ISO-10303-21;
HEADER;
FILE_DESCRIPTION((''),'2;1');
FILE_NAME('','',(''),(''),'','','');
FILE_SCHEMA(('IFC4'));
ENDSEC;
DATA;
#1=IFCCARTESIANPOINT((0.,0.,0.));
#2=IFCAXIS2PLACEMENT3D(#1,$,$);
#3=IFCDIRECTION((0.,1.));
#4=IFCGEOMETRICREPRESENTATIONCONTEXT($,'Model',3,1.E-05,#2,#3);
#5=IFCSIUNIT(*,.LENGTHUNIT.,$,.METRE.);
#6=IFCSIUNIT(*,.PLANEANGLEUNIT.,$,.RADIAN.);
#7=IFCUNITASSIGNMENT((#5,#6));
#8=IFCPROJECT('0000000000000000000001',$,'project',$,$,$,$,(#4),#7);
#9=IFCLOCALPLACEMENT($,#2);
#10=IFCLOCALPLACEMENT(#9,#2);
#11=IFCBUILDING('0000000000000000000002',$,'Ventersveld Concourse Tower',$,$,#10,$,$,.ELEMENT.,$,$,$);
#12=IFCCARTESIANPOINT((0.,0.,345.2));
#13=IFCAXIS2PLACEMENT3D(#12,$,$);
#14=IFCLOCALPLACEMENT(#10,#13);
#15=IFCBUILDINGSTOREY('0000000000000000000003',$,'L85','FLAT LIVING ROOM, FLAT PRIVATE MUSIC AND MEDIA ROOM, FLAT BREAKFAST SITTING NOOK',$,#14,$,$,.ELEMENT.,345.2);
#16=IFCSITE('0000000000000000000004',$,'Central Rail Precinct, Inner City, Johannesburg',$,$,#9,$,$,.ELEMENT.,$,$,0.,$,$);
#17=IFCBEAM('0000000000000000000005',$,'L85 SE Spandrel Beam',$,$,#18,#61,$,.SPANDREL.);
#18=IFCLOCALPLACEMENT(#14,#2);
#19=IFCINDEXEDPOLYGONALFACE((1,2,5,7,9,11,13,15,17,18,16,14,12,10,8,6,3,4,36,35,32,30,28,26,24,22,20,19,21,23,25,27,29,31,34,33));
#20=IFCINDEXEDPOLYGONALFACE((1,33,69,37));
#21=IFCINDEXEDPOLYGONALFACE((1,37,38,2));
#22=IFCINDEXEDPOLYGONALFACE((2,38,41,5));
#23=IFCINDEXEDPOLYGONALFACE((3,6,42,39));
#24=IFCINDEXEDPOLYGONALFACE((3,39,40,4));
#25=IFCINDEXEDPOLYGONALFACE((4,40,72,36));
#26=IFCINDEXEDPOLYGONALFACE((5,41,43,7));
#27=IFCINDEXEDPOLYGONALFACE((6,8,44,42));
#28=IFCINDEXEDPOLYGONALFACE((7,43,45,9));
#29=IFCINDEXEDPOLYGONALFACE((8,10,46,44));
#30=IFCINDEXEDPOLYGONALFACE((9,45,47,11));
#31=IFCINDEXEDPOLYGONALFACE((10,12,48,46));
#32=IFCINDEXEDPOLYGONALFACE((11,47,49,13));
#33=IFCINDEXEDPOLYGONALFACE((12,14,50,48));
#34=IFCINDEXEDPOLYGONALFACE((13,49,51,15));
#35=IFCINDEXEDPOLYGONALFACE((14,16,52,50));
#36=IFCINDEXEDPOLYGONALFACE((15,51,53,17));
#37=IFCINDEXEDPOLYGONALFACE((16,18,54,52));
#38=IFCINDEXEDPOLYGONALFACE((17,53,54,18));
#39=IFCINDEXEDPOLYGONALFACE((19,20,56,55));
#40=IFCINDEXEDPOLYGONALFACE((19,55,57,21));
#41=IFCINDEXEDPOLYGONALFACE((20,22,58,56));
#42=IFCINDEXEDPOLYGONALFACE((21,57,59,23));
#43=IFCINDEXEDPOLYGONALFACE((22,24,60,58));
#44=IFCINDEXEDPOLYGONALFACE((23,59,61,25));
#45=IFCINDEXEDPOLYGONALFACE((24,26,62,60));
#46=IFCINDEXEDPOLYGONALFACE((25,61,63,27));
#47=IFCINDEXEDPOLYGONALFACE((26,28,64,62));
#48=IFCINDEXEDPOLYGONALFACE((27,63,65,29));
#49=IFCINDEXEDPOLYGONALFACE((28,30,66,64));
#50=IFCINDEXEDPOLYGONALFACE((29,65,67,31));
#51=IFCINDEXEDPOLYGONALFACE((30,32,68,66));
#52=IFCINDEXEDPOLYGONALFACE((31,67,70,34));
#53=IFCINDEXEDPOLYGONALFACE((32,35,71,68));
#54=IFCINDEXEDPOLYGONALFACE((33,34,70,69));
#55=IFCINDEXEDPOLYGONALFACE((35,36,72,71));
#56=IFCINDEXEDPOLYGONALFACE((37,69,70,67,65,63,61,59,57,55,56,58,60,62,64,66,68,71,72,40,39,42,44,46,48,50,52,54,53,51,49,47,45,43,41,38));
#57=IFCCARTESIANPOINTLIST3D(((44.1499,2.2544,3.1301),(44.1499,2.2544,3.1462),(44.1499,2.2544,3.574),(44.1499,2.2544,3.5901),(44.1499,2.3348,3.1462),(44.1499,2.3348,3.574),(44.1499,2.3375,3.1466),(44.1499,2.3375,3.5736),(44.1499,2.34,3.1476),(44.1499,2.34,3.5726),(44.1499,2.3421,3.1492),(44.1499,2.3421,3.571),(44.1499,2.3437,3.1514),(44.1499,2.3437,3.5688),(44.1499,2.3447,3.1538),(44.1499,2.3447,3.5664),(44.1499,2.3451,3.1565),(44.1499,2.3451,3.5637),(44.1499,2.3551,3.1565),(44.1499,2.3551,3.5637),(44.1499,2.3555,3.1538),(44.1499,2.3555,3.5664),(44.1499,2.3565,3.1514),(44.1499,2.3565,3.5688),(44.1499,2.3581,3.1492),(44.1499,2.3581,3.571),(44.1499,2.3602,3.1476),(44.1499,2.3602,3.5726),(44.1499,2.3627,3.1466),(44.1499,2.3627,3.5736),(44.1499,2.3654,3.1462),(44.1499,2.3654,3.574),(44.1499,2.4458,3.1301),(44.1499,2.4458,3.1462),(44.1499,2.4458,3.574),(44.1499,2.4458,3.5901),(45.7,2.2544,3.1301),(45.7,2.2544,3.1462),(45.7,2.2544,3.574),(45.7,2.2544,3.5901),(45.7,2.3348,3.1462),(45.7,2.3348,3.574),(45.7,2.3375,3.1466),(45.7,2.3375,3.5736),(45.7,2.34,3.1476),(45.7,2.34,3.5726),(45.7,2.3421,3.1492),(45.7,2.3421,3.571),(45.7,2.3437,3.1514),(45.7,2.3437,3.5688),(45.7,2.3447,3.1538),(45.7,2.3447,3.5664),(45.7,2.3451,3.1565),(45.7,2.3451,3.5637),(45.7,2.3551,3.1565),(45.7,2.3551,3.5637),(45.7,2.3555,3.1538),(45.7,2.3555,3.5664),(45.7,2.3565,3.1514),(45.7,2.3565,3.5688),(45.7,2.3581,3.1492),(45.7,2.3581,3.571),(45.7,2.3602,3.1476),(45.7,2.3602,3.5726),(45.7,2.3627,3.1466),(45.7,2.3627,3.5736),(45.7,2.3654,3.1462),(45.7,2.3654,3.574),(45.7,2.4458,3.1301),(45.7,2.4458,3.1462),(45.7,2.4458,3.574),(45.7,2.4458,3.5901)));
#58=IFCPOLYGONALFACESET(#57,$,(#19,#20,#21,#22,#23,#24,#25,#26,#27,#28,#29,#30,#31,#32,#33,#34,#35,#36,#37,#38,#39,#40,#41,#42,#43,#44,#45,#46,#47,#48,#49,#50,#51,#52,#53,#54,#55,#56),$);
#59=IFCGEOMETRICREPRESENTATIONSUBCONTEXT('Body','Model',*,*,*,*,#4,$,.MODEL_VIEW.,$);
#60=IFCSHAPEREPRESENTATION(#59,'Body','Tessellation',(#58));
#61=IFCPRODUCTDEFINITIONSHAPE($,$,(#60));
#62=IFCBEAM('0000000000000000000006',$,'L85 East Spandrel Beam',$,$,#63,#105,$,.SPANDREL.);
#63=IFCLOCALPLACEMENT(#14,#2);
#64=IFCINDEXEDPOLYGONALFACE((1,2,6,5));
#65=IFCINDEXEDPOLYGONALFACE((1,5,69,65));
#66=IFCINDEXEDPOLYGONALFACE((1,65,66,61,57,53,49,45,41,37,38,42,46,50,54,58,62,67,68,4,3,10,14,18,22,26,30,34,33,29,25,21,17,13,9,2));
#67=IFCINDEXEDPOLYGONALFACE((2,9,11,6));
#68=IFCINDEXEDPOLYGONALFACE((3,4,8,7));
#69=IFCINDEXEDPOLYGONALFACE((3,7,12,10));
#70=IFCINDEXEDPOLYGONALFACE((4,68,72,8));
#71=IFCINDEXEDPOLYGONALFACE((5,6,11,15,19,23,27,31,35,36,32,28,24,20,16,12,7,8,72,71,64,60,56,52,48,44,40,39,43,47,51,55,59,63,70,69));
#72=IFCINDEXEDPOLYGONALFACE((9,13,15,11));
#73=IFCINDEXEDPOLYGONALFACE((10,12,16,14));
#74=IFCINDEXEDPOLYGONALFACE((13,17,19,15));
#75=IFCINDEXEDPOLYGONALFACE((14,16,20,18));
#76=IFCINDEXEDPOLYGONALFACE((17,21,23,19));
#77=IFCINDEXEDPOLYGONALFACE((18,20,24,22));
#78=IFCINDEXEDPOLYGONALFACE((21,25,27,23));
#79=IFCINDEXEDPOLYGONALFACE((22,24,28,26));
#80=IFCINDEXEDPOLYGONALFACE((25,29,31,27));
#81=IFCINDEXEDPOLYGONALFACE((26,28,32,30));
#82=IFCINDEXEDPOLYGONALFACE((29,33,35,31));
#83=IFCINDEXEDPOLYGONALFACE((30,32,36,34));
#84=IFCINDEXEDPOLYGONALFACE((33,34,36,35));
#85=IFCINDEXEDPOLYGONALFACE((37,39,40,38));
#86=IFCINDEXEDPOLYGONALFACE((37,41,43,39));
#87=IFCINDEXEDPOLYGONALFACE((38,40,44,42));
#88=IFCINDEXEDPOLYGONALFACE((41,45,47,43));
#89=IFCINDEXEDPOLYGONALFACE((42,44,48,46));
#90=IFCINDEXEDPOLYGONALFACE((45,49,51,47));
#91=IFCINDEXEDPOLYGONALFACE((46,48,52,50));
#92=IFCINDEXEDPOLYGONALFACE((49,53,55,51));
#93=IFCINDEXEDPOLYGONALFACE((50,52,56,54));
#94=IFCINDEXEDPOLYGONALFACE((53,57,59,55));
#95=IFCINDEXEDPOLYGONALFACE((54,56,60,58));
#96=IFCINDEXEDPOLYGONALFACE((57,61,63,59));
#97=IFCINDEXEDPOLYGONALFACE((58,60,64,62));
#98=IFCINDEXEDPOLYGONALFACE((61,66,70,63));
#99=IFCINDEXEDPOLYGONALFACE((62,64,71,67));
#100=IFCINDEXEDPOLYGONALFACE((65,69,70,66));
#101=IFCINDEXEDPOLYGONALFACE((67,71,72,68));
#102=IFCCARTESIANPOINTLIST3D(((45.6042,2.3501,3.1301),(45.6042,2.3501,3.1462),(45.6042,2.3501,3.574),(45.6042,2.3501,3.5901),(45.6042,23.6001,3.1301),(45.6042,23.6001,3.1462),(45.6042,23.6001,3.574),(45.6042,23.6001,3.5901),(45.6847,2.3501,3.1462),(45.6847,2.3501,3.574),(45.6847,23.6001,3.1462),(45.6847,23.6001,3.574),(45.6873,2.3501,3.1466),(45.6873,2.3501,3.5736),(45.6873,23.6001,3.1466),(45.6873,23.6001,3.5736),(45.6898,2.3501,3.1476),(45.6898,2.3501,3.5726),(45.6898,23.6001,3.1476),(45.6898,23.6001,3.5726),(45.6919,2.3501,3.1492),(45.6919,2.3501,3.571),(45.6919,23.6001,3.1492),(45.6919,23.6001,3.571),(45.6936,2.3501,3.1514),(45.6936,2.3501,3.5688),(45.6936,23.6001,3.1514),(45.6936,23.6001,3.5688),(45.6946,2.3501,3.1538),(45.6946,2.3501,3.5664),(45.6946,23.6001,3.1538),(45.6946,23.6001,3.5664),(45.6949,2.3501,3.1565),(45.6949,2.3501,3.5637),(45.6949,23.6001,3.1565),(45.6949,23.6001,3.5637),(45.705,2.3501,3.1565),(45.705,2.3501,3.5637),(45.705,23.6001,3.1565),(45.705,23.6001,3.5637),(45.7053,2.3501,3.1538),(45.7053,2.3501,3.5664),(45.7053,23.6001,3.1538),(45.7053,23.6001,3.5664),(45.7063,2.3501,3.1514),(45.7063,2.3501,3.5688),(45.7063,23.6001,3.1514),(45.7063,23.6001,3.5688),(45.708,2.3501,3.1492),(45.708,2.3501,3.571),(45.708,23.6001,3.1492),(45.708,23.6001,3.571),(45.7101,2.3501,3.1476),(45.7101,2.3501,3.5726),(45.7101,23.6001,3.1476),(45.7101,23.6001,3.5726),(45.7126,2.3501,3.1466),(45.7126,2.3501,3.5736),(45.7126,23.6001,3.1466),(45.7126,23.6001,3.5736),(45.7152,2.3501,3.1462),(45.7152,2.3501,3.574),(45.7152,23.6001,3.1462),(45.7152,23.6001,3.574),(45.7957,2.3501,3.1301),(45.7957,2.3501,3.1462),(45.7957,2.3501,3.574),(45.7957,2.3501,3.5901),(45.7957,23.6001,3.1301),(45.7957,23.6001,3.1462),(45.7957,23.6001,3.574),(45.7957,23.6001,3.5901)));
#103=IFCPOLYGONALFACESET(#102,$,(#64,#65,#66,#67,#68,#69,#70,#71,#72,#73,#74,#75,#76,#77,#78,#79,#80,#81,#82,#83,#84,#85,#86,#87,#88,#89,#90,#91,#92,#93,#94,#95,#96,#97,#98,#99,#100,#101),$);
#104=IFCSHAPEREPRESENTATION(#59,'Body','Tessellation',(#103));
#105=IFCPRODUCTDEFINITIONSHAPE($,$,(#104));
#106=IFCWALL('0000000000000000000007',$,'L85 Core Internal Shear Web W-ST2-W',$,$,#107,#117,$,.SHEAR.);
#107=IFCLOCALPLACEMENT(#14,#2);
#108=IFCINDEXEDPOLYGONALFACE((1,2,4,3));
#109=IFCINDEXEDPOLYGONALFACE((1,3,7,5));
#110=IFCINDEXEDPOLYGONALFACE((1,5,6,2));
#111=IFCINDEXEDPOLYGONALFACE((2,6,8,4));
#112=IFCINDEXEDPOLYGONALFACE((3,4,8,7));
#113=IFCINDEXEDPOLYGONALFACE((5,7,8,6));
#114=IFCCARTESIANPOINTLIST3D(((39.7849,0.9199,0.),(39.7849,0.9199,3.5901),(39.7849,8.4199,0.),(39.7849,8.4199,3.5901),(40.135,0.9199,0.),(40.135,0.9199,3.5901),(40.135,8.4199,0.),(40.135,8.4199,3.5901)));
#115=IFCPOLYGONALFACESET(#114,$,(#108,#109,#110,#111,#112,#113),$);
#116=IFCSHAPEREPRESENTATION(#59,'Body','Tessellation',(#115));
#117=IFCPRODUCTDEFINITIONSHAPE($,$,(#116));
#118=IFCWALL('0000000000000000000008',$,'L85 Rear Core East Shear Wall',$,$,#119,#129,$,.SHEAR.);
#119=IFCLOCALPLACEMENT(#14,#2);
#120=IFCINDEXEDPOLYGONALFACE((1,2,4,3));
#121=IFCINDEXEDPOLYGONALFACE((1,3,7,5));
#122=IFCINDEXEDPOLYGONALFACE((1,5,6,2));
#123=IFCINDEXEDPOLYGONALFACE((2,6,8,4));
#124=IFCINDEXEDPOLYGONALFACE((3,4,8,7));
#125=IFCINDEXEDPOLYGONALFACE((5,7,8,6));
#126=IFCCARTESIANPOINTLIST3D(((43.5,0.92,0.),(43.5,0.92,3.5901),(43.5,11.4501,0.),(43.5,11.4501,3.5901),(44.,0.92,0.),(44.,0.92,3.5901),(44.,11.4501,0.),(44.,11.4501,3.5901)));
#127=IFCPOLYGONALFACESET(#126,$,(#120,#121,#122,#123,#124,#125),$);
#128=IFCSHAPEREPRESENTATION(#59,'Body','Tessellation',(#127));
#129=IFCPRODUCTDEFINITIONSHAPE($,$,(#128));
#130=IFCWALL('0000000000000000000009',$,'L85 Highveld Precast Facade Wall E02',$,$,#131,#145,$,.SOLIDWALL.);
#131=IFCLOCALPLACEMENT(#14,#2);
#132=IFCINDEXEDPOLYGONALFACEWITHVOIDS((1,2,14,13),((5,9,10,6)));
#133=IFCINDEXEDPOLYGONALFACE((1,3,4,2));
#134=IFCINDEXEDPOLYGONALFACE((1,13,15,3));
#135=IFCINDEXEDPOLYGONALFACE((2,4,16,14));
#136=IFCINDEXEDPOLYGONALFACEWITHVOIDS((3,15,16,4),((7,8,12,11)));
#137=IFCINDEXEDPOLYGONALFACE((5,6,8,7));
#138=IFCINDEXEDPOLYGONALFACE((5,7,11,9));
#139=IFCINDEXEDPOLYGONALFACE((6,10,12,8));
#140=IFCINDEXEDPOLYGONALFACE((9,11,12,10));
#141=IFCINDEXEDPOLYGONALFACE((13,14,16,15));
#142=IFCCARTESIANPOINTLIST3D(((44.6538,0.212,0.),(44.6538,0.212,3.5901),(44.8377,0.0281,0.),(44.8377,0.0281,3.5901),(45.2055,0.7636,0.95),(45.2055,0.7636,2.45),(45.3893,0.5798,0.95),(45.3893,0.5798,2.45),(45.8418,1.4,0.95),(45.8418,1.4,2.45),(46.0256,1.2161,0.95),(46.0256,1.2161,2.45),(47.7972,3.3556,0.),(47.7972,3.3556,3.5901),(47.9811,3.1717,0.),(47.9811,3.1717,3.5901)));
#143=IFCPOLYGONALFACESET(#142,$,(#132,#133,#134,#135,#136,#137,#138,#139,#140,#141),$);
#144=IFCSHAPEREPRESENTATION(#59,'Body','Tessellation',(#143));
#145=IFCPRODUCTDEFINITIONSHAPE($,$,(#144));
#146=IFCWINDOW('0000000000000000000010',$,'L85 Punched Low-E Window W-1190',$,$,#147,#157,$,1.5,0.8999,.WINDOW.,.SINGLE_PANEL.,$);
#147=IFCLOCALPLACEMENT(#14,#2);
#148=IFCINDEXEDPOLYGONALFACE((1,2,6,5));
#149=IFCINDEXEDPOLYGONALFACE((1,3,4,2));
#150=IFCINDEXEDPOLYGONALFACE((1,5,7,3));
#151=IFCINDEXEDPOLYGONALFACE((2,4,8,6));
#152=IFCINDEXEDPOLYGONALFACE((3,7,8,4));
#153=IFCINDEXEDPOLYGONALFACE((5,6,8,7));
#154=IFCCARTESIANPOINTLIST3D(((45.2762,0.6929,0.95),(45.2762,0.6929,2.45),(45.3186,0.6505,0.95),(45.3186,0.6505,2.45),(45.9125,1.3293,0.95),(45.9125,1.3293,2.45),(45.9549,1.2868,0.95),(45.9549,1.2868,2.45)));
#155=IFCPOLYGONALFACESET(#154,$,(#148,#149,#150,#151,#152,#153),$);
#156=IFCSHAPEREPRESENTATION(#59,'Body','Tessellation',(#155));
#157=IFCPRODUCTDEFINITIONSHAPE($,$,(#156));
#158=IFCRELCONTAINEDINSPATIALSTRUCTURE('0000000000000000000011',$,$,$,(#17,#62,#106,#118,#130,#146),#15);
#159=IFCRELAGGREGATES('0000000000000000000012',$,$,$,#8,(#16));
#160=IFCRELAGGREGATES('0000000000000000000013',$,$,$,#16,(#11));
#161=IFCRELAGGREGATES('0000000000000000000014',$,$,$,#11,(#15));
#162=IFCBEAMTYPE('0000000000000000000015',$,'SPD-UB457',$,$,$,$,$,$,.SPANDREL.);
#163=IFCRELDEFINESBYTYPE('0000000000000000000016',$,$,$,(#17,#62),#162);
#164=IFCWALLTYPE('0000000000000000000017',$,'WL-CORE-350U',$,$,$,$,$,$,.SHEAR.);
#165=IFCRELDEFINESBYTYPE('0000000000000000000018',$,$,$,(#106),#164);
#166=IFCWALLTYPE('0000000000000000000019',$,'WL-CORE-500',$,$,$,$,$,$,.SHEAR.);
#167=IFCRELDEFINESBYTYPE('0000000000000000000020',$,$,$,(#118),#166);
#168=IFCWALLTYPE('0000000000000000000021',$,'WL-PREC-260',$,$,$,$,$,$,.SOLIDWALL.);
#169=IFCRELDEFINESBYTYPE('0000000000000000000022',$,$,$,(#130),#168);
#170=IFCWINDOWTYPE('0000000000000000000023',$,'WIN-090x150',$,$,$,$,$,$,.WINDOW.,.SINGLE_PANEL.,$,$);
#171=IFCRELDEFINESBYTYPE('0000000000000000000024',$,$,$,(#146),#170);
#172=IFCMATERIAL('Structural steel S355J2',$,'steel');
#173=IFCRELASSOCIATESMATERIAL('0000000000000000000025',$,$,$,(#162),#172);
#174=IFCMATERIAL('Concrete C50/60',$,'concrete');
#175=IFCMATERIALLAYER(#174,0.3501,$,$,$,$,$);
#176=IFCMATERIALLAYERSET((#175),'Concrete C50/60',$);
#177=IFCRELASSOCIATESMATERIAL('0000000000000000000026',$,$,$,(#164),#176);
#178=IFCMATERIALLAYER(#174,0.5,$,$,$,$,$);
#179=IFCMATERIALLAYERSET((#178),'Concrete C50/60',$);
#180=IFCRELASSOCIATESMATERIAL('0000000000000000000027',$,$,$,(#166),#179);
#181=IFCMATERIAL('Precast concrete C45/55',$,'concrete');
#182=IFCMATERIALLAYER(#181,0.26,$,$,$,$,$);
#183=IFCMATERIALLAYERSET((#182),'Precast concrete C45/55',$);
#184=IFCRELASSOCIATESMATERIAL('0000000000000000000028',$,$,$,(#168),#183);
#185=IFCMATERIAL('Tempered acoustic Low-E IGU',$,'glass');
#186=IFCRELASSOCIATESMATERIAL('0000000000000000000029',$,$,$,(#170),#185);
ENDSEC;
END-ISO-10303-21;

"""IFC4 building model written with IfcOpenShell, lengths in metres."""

from ifc_helpers import new_model, si_unit, direction, frame, frame_2d, origin, origin_2d, place, context, subcontext, project, spatial, rectangle, i_section, extrude, material, layer, layer_set, material_profile, profile_set, type_object, element, fill, save


model = new_model("IFC4")

# Units and contexts
model_context = context("Model", 3, precision=1e-05, world=origin(), true_north=direction((0.0, 1.0)))
body_context = subcontext(model_context, "Body", "Model", "MODEL_VIEW")
ifc_project = project(units=[si_unit("LENGTHUNIT", "METRE"), si_unit("PLANEANGLEUNIT", "RADIAN")], contexts=[model_context])

# Site, building, storey
site_placement = place(None, origin())
site = spatial("IfcSite", under=ifc_project, at=site_placement, Name="Central Rail Precinct, Inner City, Johannesburg", CompositionType="ELEMENT", RefElevation=0.0)
building_placement = place(site_placement, origin())
building = spatial("IfcBuilding", under=site, at=building_placement, Name="Ventersveld Concourse Tower", CompositionType="ELEMENT")
storey_placement = place(building_placement, frame((0.0, 0.0, 345.2)))
storey = spatial("IfcBuildingStorey", under=building, at=storey_placement, Name="L85", Description="FLAT LIVING ROOM, FLAT PRIVATE MUSIC AND MEDIA ROOM, FLAT BREAKFAST SITTING NOOK", CompositionType="ELEMENT", Elevation=345.2)

# Shared definitions
ifc_material_1 = material(Name="Concrete C50/60", Category="concrete")

# Shared definitions
ifc_material_2 = material(Name="Structural steel S355J2", Category="steel")

# Beams
ifc_material_profile_1 = material_profile(ifc_material_2, i_section(OverallWidth=0.1914, OverallDepth=0.46, WebThickness=0.01, FlangeThickness=0.0161, FilletRadius=0.0103, at=origin_2d()), Name="UB 457x191x82")
ifc_profile_set_1 = profile_set([ifc_material_profile_1], Name="Structural steel S355J2")
beam_type_1 = type_object("IfcBeamType", Name="SPD-UB457", PredefinedType="SPANDREL", material=ifc_profile_set_1)
beam_1_placement = place(storey_placement, frame((44.1499, 2.3501, 3.3601), z_axis=(1.0, 0.0, 0.0), x_axis=(0.0, 1.0, 0.0)))
element("IfcBeam", 1, at=beam_1_placement, inside=storey, type_object=beam_type_1, Name="L85 SE Spandrel Beam", PredefinedType="SPANDREL", context=body_context, shape_type="SweptSolid", body=[
    extrude(i_section(OverallWidth=0.1914, OverallDepth=0.46, WebThickness=0.01, FlangeThickness=0.0161, FilletRadius=0.0103, at=origin_2d()), origin(), (0.0, 0.0, 1.0), 1.55),
])
beam_2_placement = place(storey_placement, frame((45.7, 2.3501, 3.3601), z_axis=(0.0, 1.0, 0.0), x_axis=(-1.0, 0.0, 0.0)))
element("IfcBeam", 2, at=beam_2_placement, inside=storey, type_object=beam_type_1, Name="L85 East Spandrel Beam", PredefinedType="SPANDREL", context=body_context, shape_type="SweptSolid", body=[
    extrude(i_section(OverallWidth=0.1914, OverallDepth=0.46, WebThickness=0.01, FlangeThickness=0.0161, FilletRadius=0.0103, at=origin_2d()), origin(), (0.0, 0.0, 1.0), 21.25),
])

# Walls
ifc_layer_1 = layer(ifc_material_1, 0.3501)
ifc_layer_set_1 = layer_set([ifc_layer_1], Name="Concrete C50/60")
wall_type_1 = type_object("IfcWallType", Name="WL-CORE-350U", PredefinedType="SHEAR", material=ifc_layer_set_1)
wall_1_placement = place(storey_placement, frame((39.96, 0.9199, 0.0), z_axis=(0.0, 0.0, 1.0), x_axis=(0.0, 1.0, 0.0)))
element("IfcWall", 3, at=wall_1_placement, inside=storey, type_object=wall_type_1, Name="L85 Core Internal Shear Web W-ST2-W", PredefinedType="SHEAR", context=body_context, shape_type="SweptSolid", body=[
    extrude(rectangle(XDim=7.5, YDim=0.3501, at=frame_2d((3.75, 0.0))), origin(), (0.0, 0.0, 1.0), 3.5901),
])
ifc_layer_2 = layer(ifc_material_1, 0.5)
ifc_layer_set_2 = layer_set([ifc_layer_2], Name="Concrete C50/60")
wall_type_2 = type_object("IfcWallType", Name="WL-CORE-500", PredefinedType="SHEAR", material=ifc_layer_set_2)
wall_2_placement = place(storey_placement, frame((43.75, 0.9199, 0.0), z_axis=(0.0, 0.0, 1.0), x_axis=(0.0, 1.0, 0.0)))
element("IfcWall", 4, at=wall_2_placement, inside=storey, type_object=wall_type_2, Name="L85 Rear Core East Shear Wall", PredefinedType="SHEAR", context=body_context, shape_type="SweptSolid", body=[
    extrude(rectangle(XDim=10.53, YDim=0.5, at=frame_2d((5.2651, 0.0))), origin(), (0.0, 0.0, 1.0), 3.5901),
])

# Wall, opening, window
ifc_material_3 = material(Name="Precast concrete C45/55", Category="concrete")
ifc_layer_3 = layer(ifc_material_3, 0.26)
ifc_layer_set_3 = layer_set([ifc_layer_3], Name="Precast concrete C45/55")
wall_type_3 = type_object("IfcWallType", Name="WL-PREC-260", PredefinedType="SOLIDWALL", material=ifc_layer_set_3)
wall_3_placement = place(storey_placement, frame((44.7458, 0.1201, 0.0), z_axis=(0.0, 0.0, 1.0), x_axis=(0.707079, 0.707134, 0.0)))
wall_3 = element("IfcWall", 5, at=wall_3_placement, inside=storey, type_object=wall_type_3, Name="L85 Highveld Precast Facade Wall E02", PredefinedType="SOLIDWALL", context=body_context, shape_type="SweptSolid", body=[
    extrude(rectangle(XDim=4.4456, YDim=0.26, at=frame_2d((2.2227, 0.0))), origin(), (0.0, 0.0, 1.0), 3.5901),
])
opening_1_placement = place(wall_3_placement, frame((0.78, 0.0, 0.95)))
opening_1 = element("IfcOpeningElement", 6, at=opening_1_placement, cuts=wall_3, PredefinedType="OPENING", context=body_context, shape_type="SweptSolid", body=[
    extrude(rectangle(XDim=0.8999, YDim=1.5, at=frame_2d((0.45, 0.75))), frame((0.0, 0.1401, 0.0), z_axis=(0.0, -1.0, 0.0), x_axis=(1.0, 0.0, 0.0)), (0.0, 0.0, 1.0), 0.28),
])
ifc_material_4 = material(Name="Tempered acoustic Low-E IGU", Category="glass")
window_type_1 = type_object("IfcWindowType", Name="WIN-090x150", PartitioningType="SINGLE_PANEL", PredefinedType="WINDOW", material=ifc_material_4)
window_1_placement = place(opening_1_placement, origin())
window_1 = element("IfcWindow", 7, at=window_1_placement, inside=storey, type_object=window_type_1, Name="L85 Punched Low-E Window W-1190", OverallHeight=1.5, OverallWidth=0.8999, PartitioningType="SINGLE_PANEL", PredefinedType="WINDOW", context=body_context, shape_type="SweptSolid", body=[
    extrude(rectangle(XDim=0.8999, YDim=1.5, at=frame_2d((0.45, 0.75))), frame((0.0, 0.03, 0.0), z_axis=(0.0, -1.0, 0.0), x_axis=(1.0, 0.0, 0.0)), (0.0, 0.0, 1.0), 0.0601),
])
fill(opening_1, window_1)

save(model, "model.ifc")
